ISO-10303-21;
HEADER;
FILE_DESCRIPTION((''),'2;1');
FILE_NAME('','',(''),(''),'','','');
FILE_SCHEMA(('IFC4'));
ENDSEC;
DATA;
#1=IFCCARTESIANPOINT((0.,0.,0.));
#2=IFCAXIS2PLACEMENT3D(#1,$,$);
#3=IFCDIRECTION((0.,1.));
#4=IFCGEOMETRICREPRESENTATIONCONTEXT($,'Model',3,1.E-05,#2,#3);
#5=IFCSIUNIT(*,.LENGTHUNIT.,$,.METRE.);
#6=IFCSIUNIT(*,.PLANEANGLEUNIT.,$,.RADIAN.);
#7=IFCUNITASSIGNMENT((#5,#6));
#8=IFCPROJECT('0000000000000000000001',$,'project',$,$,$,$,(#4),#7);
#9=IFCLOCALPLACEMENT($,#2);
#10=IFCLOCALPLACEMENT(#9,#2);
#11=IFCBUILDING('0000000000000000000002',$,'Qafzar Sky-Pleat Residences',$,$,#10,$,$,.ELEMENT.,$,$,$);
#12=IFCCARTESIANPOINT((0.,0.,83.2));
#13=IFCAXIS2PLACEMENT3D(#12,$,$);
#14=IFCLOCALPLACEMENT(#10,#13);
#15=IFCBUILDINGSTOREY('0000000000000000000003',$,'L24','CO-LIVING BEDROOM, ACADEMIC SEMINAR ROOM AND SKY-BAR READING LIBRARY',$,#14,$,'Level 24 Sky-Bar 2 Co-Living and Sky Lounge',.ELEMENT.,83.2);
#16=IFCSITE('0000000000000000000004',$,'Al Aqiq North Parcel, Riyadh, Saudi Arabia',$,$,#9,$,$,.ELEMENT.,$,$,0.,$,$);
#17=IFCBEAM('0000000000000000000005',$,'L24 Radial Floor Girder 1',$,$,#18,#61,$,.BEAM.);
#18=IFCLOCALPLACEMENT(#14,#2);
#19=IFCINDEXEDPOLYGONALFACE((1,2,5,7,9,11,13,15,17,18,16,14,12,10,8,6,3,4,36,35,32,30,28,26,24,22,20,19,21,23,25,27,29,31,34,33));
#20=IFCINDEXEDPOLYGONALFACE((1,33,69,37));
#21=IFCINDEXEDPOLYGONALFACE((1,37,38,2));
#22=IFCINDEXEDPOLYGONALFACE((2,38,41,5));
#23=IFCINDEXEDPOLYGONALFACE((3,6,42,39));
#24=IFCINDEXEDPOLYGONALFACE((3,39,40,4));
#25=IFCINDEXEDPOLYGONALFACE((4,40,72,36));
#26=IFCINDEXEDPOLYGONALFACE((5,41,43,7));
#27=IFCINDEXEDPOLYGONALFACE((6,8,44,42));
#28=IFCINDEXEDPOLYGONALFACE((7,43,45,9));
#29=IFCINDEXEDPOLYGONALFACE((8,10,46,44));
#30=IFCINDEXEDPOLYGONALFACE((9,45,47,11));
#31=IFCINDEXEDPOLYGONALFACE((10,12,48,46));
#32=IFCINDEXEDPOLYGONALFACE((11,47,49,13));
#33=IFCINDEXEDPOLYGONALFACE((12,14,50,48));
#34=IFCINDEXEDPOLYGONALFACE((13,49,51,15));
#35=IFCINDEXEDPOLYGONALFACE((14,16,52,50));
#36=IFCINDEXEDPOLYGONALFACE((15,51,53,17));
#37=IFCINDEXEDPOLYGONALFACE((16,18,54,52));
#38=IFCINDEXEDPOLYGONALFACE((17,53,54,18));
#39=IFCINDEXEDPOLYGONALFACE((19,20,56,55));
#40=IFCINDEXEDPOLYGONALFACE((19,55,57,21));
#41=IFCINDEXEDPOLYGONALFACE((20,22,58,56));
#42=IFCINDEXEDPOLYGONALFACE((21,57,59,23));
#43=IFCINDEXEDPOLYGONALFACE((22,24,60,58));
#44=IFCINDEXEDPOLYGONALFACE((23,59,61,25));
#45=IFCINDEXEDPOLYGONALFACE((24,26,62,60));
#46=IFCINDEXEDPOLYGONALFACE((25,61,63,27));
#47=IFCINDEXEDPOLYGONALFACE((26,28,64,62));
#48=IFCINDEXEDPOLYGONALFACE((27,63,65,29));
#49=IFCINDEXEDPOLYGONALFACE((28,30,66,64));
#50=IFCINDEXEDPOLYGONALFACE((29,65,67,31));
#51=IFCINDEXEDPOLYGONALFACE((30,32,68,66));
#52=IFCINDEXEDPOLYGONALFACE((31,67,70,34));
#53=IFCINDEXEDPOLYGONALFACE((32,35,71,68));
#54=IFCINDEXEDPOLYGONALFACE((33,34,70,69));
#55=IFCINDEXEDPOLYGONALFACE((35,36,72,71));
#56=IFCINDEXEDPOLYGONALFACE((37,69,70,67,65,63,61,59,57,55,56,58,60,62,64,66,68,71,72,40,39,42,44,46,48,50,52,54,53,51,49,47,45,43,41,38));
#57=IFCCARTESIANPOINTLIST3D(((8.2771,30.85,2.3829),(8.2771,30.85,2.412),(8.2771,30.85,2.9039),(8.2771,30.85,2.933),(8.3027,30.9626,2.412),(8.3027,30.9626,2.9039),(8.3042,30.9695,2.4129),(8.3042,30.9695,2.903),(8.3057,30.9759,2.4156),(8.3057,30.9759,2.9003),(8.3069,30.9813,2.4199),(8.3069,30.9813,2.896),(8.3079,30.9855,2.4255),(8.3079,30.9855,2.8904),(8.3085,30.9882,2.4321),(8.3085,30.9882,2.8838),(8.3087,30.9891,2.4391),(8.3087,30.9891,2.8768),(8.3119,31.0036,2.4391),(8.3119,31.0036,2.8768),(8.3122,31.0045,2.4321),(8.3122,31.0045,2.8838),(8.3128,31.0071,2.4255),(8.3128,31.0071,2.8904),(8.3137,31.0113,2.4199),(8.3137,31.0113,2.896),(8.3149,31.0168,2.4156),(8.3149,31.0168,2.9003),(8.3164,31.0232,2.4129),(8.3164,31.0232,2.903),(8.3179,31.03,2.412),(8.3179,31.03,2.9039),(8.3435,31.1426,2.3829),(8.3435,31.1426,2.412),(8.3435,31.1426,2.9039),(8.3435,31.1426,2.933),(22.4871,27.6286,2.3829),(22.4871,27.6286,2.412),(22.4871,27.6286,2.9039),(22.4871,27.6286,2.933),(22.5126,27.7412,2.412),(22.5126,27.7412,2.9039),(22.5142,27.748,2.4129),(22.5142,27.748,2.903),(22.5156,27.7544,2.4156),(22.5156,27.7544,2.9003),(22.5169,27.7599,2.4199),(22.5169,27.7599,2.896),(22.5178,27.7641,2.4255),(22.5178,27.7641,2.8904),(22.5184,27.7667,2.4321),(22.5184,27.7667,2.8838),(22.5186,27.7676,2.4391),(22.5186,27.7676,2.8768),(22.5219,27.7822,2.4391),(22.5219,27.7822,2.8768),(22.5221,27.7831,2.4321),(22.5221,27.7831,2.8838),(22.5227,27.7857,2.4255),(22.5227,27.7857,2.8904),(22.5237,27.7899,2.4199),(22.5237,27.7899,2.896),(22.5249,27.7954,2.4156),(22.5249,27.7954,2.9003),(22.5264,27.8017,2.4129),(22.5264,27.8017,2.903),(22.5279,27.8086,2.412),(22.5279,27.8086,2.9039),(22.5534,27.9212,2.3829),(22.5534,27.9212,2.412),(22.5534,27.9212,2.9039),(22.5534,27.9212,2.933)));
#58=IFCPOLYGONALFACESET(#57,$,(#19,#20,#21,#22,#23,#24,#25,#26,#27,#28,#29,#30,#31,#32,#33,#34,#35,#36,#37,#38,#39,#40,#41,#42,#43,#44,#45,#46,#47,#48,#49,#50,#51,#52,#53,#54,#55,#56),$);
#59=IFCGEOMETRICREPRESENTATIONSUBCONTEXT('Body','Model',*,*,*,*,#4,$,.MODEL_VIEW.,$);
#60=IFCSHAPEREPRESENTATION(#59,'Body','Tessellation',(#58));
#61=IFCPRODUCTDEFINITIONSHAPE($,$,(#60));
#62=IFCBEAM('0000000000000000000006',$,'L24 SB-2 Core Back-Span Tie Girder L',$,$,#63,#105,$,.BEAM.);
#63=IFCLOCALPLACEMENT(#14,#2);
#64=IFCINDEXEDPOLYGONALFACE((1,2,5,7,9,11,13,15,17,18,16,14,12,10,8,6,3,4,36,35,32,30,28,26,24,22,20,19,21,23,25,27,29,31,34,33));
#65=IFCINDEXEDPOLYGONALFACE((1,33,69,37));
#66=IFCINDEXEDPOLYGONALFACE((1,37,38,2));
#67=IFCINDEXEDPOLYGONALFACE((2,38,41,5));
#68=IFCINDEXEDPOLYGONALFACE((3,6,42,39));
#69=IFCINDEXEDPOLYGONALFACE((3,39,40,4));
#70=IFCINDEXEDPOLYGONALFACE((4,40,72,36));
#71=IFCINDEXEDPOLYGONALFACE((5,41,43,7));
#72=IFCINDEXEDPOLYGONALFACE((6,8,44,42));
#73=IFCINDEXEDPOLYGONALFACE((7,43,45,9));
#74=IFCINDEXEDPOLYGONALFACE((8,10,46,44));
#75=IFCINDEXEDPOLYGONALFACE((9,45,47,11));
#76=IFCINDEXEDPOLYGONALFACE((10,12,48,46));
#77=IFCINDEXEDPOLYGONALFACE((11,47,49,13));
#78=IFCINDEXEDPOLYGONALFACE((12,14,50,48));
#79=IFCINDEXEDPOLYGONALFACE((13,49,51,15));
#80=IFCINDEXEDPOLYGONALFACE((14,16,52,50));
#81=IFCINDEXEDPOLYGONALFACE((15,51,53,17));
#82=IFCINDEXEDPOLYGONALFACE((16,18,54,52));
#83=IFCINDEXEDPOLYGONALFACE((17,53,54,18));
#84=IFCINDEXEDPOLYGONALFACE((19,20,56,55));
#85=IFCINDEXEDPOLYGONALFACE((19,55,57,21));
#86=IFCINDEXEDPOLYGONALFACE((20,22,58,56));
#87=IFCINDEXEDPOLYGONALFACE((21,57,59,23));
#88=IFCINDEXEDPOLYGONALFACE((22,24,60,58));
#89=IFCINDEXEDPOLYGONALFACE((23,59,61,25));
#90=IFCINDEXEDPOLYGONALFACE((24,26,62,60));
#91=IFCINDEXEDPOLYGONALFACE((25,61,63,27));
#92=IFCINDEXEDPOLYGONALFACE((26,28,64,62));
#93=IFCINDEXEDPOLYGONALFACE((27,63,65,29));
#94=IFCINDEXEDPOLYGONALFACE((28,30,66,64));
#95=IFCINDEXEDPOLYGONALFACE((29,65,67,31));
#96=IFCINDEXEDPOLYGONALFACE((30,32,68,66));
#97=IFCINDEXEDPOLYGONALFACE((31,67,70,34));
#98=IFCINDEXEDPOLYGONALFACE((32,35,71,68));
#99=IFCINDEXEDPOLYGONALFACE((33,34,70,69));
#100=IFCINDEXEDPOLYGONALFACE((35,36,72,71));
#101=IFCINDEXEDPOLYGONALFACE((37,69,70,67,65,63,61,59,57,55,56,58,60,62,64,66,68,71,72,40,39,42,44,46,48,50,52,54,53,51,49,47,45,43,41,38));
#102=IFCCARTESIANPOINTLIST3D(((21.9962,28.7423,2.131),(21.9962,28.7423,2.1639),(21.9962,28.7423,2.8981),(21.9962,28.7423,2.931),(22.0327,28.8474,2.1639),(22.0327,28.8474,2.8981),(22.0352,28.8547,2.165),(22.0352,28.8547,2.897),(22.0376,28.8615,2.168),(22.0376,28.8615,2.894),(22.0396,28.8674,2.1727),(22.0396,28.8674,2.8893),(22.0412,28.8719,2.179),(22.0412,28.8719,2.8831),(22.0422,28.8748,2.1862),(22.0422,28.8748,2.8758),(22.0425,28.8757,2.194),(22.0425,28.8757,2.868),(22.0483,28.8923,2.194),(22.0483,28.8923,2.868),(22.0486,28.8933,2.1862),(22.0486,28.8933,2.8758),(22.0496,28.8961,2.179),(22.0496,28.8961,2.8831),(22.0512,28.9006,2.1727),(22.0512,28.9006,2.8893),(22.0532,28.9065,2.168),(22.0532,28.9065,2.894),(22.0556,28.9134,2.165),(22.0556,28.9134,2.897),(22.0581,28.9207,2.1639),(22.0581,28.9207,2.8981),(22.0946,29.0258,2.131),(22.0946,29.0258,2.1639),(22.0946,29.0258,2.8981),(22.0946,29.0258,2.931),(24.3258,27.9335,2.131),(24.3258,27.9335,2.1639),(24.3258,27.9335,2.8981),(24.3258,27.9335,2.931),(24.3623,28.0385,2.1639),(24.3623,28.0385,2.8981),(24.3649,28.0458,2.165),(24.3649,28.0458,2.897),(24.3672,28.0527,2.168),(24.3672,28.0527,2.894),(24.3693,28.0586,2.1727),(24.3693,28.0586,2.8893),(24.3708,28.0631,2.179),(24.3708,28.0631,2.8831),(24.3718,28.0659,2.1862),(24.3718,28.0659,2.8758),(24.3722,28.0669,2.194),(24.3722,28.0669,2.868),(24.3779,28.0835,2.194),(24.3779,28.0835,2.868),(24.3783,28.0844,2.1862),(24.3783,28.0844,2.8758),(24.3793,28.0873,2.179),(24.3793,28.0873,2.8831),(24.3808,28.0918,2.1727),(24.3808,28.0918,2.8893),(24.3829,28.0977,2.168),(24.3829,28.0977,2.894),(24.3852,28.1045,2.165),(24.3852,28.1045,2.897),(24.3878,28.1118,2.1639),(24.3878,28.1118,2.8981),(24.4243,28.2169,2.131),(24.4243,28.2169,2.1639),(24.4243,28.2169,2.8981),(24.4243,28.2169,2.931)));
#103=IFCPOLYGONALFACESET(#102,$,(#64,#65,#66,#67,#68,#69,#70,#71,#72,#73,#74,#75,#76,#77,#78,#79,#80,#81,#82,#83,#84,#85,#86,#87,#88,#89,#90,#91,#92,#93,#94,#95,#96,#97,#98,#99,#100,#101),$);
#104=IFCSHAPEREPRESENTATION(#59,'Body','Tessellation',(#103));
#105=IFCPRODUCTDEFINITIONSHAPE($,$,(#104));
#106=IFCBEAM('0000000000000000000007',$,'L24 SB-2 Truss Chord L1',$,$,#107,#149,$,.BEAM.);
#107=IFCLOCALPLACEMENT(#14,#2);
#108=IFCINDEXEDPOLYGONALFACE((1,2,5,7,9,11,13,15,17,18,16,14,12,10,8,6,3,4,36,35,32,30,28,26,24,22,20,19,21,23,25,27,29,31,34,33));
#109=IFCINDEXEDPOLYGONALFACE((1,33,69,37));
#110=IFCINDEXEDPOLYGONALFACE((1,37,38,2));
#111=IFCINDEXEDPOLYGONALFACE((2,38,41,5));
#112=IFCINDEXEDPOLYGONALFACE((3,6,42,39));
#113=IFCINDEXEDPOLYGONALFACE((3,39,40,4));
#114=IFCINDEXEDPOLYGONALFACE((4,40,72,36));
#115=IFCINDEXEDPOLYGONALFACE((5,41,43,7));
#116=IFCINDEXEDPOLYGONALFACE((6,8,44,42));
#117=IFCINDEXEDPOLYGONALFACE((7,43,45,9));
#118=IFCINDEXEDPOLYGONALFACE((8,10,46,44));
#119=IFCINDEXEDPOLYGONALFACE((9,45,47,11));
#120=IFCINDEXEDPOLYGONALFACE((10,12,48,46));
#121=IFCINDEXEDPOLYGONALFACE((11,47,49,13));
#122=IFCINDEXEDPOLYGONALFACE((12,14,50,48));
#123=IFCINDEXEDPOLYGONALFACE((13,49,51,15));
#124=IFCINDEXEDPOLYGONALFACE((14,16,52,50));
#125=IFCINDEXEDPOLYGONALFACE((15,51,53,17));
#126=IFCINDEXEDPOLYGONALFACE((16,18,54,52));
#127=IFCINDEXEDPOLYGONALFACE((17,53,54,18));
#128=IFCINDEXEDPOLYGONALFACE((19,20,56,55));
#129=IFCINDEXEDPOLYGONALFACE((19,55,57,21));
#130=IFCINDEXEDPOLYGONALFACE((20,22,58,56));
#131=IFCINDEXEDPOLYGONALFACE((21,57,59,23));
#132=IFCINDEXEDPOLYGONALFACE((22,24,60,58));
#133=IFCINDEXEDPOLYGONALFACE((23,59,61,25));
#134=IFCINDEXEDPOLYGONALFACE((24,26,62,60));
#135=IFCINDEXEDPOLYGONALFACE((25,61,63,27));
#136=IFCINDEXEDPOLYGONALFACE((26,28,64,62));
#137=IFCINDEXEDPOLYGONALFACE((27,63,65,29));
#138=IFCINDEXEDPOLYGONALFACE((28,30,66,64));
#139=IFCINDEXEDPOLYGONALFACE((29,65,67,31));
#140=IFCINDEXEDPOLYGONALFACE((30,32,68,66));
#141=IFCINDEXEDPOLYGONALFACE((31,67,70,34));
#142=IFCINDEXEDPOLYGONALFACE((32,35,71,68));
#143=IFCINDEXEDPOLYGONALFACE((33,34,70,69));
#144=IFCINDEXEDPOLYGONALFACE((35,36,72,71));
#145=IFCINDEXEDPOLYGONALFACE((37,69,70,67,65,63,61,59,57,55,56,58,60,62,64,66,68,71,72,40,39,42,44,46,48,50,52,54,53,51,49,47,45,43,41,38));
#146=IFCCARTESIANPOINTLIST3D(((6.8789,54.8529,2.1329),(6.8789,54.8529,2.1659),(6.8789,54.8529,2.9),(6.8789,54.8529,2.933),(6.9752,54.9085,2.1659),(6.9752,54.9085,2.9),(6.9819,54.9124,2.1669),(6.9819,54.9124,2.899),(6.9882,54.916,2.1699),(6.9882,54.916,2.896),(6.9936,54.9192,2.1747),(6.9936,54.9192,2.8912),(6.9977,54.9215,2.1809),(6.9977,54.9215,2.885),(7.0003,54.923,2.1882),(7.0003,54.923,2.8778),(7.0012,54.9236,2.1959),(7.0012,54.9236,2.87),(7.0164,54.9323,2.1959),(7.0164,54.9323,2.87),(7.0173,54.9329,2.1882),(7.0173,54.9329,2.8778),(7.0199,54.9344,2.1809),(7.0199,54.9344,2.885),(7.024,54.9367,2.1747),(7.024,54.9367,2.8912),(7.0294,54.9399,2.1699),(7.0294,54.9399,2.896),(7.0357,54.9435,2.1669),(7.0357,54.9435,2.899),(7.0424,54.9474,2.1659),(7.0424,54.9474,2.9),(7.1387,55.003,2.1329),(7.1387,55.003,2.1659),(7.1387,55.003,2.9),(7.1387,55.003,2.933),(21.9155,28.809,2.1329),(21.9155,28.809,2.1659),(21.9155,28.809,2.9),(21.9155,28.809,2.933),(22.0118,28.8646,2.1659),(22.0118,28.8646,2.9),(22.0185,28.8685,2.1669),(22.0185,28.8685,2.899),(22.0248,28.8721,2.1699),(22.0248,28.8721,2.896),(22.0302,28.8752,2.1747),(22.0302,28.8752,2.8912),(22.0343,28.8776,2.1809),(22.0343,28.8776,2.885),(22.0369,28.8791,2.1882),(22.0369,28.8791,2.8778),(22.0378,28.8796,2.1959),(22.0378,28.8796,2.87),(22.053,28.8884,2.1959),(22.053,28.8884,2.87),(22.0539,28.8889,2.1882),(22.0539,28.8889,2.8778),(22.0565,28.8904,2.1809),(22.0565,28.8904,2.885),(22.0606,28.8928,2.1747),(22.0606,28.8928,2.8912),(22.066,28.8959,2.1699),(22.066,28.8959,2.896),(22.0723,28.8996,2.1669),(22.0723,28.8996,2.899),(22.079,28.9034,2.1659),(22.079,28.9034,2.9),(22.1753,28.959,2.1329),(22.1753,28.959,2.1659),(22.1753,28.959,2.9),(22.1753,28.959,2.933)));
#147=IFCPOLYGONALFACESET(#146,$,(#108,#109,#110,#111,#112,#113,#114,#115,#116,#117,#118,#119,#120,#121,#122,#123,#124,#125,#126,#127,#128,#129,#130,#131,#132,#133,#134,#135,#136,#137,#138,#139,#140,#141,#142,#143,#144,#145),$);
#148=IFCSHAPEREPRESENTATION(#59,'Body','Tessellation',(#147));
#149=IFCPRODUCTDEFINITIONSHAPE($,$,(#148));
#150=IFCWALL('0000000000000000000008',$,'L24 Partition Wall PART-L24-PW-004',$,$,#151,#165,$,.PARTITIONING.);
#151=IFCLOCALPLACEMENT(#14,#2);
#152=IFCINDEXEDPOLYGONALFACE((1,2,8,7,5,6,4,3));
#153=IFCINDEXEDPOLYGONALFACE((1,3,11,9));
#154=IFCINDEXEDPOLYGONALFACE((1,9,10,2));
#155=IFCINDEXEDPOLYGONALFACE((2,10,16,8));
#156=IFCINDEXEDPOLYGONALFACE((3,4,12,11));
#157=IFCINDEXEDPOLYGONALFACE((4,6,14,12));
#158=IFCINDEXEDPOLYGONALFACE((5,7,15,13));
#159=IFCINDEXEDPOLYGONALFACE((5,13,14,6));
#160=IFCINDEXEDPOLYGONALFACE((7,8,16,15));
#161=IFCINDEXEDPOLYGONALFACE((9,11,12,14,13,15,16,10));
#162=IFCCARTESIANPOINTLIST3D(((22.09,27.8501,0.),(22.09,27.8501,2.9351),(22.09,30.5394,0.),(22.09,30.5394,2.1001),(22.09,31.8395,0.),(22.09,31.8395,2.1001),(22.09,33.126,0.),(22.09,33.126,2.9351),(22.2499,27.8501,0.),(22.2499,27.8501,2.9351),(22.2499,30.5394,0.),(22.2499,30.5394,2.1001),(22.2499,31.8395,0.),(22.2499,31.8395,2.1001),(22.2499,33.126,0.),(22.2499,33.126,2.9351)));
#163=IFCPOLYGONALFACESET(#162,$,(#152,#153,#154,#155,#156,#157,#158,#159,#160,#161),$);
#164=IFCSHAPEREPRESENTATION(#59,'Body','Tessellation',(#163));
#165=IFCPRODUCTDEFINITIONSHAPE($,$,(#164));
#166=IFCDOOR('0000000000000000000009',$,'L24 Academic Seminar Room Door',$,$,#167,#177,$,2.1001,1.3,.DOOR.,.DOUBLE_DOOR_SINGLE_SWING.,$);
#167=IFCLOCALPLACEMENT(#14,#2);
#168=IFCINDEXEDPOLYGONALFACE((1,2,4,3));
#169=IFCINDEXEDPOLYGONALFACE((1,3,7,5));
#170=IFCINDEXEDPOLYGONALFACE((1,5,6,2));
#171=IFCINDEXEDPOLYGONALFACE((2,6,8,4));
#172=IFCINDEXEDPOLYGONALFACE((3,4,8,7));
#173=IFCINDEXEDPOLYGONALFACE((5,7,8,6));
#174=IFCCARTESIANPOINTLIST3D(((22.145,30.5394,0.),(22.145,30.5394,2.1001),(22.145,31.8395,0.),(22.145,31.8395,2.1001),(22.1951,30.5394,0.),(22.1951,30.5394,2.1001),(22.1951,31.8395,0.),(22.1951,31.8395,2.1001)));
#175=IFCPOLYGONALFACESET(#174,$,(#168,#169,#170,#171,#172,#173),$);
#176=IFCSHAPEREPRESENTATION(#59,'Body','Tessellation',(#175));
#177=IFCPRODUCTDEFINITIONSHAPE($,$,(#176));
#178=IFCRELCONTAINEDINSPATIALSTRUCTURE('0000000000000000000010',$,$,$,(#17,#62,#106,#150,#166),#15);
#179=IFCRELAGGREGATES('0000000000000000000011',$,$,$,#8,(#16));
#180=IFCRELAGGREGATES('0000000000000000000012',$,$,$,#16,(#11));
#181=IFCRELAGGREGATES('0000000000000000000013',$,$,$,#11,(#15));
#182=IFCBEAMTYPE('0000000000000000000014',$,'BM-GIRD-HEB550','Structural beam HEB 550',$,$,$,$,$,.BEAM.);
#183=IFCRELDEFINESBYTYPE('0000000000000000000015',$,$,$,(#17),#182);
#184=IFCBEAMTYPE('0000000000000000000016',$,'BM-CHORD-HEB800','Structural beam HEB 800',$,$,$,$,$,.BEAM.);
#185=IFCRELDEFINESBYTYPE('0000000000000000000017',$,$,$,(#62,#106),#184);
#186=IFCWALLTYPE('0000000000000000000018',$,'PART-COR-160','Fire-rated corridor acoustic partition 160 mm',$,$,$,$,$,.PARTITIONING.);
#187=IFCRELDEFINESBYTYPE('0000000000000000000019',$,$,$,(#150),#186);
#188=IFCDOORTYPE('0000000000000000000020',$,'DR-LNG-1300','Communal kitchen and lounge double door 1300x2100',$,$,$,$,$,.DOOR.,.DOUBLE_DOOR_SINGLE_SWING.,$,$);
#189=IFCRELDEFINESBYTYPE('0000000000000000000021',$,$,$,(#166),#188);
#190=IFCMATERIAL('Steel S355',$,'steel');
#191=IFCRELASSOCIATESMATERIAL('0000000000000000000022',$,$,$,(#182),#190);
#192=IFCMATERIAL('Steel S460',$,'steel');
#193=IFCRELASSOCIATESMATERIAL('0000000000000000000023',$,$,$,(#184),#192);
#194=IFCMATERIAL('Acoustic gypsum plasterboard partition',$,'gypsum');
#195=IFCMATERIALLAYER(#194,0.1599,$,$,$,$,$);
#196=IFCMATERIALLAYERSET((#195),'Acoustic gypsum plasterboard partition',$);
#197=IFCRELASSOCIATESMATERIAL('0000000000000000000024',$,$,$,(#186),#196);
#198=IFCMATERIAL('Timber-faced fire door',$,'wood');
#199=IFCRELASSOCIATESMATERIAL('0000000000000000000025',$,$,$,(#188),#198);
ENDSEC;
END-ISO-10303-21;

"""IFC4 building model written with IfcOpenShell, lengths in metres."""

from ifc_helpers import new_model, si_unit, direction, frame, frame_2d, origin, origin_2d, place, context, subcontext, project, spatial, rectangle, i_section, extrude, source, transform, mapped, material, layer, layer_set, material_profile, profile_set, type_object, element, fill, save


model = new_model("IFC4")

# Units and contexts
model_context = context("Model", 3, precision=1e-05, world=origin(), true_north=direction((0.0, 1.0)))
body_context = subcontext(model_context, "Body", "Model", "MODEL_VIEW")
ifc_project = project(units=[si_unit("LENGTHUNIT", "METRE"), si_unit("PLANEANGLEUNIT", "RADIAN")], contexts=[model_context])

# Site, building, storey
site_placement = place(None, origin())
site = spatial("IfcSite", under=ifc_project, at=site_placement, Name="Al Aqiq North Parcel, Riyadh, Saudi Arabia", CompositionType="ELEMENT", RefElevation=0.0)
building_placement = place(site_placement, origin())
building = spatial("IfcBuilding", under=site, at=building_placement, Name="Qafzar Sky-Pleat Residences", CompositionType="ELEMENT")
storey_placement = place(building_placement, frame((0.0, 0.0, 83.2)))
storey = spatial("IfcBuildingStorey", under=building, at=storey_placement, Name="L24", Description="CO-LIVING BEDROOM, ACADEMIC SEMINAR ROOM AND SKY-BAR READING LIBRARY", LongName="Level 24 Sky-Bar 2 Co-Living and Sky Lounge", CompositionType="ELEMENT", Elevation=83.2)

# Shared definitions
ifc_material_1 = material(Name="Steel S460", Category="steel")

# Beams
ifc_material_2 = material(Name="Steel S355", Category="steel")
ifc_material_profile_1 = material_profile(ifc_material_2, i_section(OverallWidth=0.3, OverallDepth=0.55, WebThickness=0.0149, FlangeThickness=0.0291, FilletRadius=0.0271, at=origin_2d()), Name="HEB 550")
ifc_profile_set_1 = profile_set([ifc_material_profile_1], Name="Steel S355")
beam_type_1 = type_object("IfcBeamType", Name="BM-GIRD-HEB550", Description="Structural beam HEB 550", PredefinedType="BEAM", material=ifc_profile_set_1)
shared_shape_1 = source(origin(), body_context, "Body", "SweptSolid", [
    extrude(i_section(OverallWidth=0.3, OverallDepth=0.55, WebThickness=0.0149, FlangeThickness=0.0291, FilletRadius=0.0271, at=origin_2d()), origin(), (0.0, 0.0, 1.0), 14.5706),
])
beam_1_placement = place(storey_placement, frame((8.3103, 30.9963, 2.658), z_axis=(0.975253, -0.221092, 0.0), x_axis=(0.221092, 0.975253, 0.0)))
element("IfcBeam", 1, at=beam_1_placement, inside=storey, type_object=beam_type_1, Name="L24 Radial Floor Girder 1", PredefinedType="BEAM", context=body_context, shape_type="MappedRepresentation", body=[
    mapped(shared_shape_1, transform((0.0, 0.0, 0.0), x_axis=(1.0, 0.0, 0.0), y_axis=(0.0, 1.0, 0.0), z_axis=(0.0, 0.0, 1.0), scale=1.0)),
])
ifc_material_profile_2 = material_profile(ifc_material_1, i_section(OverallWidth=0.3, OverallDepth=0.8, WebThickness=0.0176, FlangeThickness=0.033, FilletRadius=0.03, at=origin_2d()), Name="HEB 800")
ifc_profile_set_2 = profile_set([ifc_material_profile_2], Name="Steel S460")
beam_type_2 = type_object("IfcBeamType", Name="BM-CHORD-HEB800", Description="Structural beam HEB 800", PredefinedType="BEAM", material=ifc_profile_set_2)
shared_shape_2 = source(origin(), body_context, "Body", "SweptSolid", [
    extrude(i_section(OverallWidth=0.3, OverallDepth=0.8, WebThickness=0.0176, FlangeThickness=0.033, FilletRadius=0.03, at=origin_2d()), origin(), (0.0, 0.0, 1.0), 2.4661),
])
beam_2_placement = place(storey_placement, frame((22.0454, 28.884, 2.531), z_axis=(0.94468, -0.327995, 0.0), x_axis=(0.327995, 0.94468, 0.0)))
element("IfcBeam", 2, at=beam_2_placement, inside=storey, type_object=beam_type_2, Name="L24 SB-2 Core Back-Span Tie Girder L", PredefinedType="BEAM", context=body_context, shape_type="MappedRepresentation", body=[
    mapped(shared_shape_2, transform((0.0, 0.0, 0.0), x_axis=(1.0, 0.0, 0.0), y_axis=(0.0, 1.0, 0.0), z_axis=(0.0, 0.0, 1.0), scale=1.0)),
])
shared_shape_3 = source(origin(), body_context, "Body", "SweptSolid", [
    extrude(i_section(OverallWidth=0.3, OverallDepth=0.8, WebThickness=0.0176, FlangeThickness=0.033, FilletRadius=0.03, at=origin_2d()), origin(), (0.0, 0.0, 1.0), 30.073),
])
beam_3_placement = place(storey_placement, frame((22.0454, 28.884, 2.533), z_axis=(-0.500004, 0.866023, 0.0), x_axis=(-0.866023, -0.500004, 0.0)))
element("IfcBeam", 3, at=beam_3_placement, inside=storey, type_object=beam_type_2, Name="L24 SB-2 Truss Chord L1", PredefinedType="BEAM", context=body_context, shape_type="MappedRepresentation", body=[
    mapped(shared_shape_3, transform((0.0, 0.0, 0.0), x_axis=(1.0, 0.0, 0.0), y_axis=(0.0, 1.0, 0.0), z_axis=(0.0, 0.0, 1.0), scale=1.0)),
])

# Wall, opening, door
ifc_material_3 = material(Name="Acoustic gypsum plasterboard partition", Category="gypsum")
ifc_layer_1 = layer(ifc_material_3, 0.1599)
ifc_layer_set_1 = layer_set([ifc_layer_1], Name="Acoustic gypsum plasterboard partition")
wall_type_1 = type_object("IfcWallType", Name="PART-COR-160", Description="Fire-rated corridor acoustic partition 160 mm", PredefinedType="PARTITIONING", material=ifc_layer_set_1)
wall_1_placement = place(storey_placement, frame((22.1699, 27.8501, 0.0), z_axis=(0.0, 0.0, 1.0), x_axis=(0.0, 1.0, 0.0)))
wall_1 = element("IfcWall", 4, at=wall_1_placement, inside=storey, type_object=wall_type_1, Name="L24 Partition Wall PART-L24-PW-004", PredefinedType="PARTITIONING", context=body_context, shape_type="SweptSolid", body=[
    extrude(rectangle(XDim=5.2759, YDim=0.1599, at=frame_2d((2.6379, 0.0))), origin(), (0.0, 0.0, 1.0), 2.9351),
])
opening_1_placement = place(wall_1_placement, frame((2.6895, 0.0, 0.0)))
opening_1 = element("IfcOpeningElement", 5, at=opening_1_placement, cuts=wall_1, PredefinedType="OPENING", context=body_context, shape_type="SweptSolid", body=[
    extrude(rectangle(XDim=1.3, YDim=2.1001, at=frame_2d((0.6499, 1.05))), frame((0.0, 0.0898, 0.0), z_axis=(0.0, -1.0, 0.0), x_axis=(1.0, 0.0, 0.0)), (0.0, 0.0, 1.0), 0.1799),
])
ifc_material_4 = material(Name="Timber-faced fire door", Category="wood")
door_type = type_object("IfcDoorType", Name="DR-LNG-1300", Description="Communal kitchen and lounge double door 1300x2100", OperationType="DOUBLE_DOOR_SINGLE_SWING", PredefinedType="DOOR", material=ifc_material_4)
shared_shape_4 = source(origin(), body_context, "Body", "SweptSolid", [
    extrude(rectangle(XDim=1.3, YDim=2.1001, at=frame_2d((0.6499, 1.05))), frame((0.0, 0.0249, 0.0), z_axis=(0.0, -1.0, 0.0), x_axis=(1.0, 0.0, 0.0)), (0.0, 0.0, 1.0), 0.05),
])
door_1_placement = place(opening_1_placement, origin())
door_1 = element("IfcDoor", 6, at=door_1_placement, inside=storey, type_object=door_type, Name="L24 Academic Seminar Room Door", OperationType="DOUBLE_DOOR_SINGLE_SWING", OverallHeight=2.1001, OverallWidth=1.3, PredefinedType="DOOR", context=body_context, shape_type="MappedRepresentation", body=[
    mapped(shared_shape_4, transform((0.0, 0.0, 0.0), x_axis=(1.0, 0.0, 0.0), y_axis=(0.0, 1.0, 0.0), z_axis=(0.0, 0.0, 1.0), scale=1.0)),
])
fill(opening_1, door_1)

save(model, "model.ifc")
